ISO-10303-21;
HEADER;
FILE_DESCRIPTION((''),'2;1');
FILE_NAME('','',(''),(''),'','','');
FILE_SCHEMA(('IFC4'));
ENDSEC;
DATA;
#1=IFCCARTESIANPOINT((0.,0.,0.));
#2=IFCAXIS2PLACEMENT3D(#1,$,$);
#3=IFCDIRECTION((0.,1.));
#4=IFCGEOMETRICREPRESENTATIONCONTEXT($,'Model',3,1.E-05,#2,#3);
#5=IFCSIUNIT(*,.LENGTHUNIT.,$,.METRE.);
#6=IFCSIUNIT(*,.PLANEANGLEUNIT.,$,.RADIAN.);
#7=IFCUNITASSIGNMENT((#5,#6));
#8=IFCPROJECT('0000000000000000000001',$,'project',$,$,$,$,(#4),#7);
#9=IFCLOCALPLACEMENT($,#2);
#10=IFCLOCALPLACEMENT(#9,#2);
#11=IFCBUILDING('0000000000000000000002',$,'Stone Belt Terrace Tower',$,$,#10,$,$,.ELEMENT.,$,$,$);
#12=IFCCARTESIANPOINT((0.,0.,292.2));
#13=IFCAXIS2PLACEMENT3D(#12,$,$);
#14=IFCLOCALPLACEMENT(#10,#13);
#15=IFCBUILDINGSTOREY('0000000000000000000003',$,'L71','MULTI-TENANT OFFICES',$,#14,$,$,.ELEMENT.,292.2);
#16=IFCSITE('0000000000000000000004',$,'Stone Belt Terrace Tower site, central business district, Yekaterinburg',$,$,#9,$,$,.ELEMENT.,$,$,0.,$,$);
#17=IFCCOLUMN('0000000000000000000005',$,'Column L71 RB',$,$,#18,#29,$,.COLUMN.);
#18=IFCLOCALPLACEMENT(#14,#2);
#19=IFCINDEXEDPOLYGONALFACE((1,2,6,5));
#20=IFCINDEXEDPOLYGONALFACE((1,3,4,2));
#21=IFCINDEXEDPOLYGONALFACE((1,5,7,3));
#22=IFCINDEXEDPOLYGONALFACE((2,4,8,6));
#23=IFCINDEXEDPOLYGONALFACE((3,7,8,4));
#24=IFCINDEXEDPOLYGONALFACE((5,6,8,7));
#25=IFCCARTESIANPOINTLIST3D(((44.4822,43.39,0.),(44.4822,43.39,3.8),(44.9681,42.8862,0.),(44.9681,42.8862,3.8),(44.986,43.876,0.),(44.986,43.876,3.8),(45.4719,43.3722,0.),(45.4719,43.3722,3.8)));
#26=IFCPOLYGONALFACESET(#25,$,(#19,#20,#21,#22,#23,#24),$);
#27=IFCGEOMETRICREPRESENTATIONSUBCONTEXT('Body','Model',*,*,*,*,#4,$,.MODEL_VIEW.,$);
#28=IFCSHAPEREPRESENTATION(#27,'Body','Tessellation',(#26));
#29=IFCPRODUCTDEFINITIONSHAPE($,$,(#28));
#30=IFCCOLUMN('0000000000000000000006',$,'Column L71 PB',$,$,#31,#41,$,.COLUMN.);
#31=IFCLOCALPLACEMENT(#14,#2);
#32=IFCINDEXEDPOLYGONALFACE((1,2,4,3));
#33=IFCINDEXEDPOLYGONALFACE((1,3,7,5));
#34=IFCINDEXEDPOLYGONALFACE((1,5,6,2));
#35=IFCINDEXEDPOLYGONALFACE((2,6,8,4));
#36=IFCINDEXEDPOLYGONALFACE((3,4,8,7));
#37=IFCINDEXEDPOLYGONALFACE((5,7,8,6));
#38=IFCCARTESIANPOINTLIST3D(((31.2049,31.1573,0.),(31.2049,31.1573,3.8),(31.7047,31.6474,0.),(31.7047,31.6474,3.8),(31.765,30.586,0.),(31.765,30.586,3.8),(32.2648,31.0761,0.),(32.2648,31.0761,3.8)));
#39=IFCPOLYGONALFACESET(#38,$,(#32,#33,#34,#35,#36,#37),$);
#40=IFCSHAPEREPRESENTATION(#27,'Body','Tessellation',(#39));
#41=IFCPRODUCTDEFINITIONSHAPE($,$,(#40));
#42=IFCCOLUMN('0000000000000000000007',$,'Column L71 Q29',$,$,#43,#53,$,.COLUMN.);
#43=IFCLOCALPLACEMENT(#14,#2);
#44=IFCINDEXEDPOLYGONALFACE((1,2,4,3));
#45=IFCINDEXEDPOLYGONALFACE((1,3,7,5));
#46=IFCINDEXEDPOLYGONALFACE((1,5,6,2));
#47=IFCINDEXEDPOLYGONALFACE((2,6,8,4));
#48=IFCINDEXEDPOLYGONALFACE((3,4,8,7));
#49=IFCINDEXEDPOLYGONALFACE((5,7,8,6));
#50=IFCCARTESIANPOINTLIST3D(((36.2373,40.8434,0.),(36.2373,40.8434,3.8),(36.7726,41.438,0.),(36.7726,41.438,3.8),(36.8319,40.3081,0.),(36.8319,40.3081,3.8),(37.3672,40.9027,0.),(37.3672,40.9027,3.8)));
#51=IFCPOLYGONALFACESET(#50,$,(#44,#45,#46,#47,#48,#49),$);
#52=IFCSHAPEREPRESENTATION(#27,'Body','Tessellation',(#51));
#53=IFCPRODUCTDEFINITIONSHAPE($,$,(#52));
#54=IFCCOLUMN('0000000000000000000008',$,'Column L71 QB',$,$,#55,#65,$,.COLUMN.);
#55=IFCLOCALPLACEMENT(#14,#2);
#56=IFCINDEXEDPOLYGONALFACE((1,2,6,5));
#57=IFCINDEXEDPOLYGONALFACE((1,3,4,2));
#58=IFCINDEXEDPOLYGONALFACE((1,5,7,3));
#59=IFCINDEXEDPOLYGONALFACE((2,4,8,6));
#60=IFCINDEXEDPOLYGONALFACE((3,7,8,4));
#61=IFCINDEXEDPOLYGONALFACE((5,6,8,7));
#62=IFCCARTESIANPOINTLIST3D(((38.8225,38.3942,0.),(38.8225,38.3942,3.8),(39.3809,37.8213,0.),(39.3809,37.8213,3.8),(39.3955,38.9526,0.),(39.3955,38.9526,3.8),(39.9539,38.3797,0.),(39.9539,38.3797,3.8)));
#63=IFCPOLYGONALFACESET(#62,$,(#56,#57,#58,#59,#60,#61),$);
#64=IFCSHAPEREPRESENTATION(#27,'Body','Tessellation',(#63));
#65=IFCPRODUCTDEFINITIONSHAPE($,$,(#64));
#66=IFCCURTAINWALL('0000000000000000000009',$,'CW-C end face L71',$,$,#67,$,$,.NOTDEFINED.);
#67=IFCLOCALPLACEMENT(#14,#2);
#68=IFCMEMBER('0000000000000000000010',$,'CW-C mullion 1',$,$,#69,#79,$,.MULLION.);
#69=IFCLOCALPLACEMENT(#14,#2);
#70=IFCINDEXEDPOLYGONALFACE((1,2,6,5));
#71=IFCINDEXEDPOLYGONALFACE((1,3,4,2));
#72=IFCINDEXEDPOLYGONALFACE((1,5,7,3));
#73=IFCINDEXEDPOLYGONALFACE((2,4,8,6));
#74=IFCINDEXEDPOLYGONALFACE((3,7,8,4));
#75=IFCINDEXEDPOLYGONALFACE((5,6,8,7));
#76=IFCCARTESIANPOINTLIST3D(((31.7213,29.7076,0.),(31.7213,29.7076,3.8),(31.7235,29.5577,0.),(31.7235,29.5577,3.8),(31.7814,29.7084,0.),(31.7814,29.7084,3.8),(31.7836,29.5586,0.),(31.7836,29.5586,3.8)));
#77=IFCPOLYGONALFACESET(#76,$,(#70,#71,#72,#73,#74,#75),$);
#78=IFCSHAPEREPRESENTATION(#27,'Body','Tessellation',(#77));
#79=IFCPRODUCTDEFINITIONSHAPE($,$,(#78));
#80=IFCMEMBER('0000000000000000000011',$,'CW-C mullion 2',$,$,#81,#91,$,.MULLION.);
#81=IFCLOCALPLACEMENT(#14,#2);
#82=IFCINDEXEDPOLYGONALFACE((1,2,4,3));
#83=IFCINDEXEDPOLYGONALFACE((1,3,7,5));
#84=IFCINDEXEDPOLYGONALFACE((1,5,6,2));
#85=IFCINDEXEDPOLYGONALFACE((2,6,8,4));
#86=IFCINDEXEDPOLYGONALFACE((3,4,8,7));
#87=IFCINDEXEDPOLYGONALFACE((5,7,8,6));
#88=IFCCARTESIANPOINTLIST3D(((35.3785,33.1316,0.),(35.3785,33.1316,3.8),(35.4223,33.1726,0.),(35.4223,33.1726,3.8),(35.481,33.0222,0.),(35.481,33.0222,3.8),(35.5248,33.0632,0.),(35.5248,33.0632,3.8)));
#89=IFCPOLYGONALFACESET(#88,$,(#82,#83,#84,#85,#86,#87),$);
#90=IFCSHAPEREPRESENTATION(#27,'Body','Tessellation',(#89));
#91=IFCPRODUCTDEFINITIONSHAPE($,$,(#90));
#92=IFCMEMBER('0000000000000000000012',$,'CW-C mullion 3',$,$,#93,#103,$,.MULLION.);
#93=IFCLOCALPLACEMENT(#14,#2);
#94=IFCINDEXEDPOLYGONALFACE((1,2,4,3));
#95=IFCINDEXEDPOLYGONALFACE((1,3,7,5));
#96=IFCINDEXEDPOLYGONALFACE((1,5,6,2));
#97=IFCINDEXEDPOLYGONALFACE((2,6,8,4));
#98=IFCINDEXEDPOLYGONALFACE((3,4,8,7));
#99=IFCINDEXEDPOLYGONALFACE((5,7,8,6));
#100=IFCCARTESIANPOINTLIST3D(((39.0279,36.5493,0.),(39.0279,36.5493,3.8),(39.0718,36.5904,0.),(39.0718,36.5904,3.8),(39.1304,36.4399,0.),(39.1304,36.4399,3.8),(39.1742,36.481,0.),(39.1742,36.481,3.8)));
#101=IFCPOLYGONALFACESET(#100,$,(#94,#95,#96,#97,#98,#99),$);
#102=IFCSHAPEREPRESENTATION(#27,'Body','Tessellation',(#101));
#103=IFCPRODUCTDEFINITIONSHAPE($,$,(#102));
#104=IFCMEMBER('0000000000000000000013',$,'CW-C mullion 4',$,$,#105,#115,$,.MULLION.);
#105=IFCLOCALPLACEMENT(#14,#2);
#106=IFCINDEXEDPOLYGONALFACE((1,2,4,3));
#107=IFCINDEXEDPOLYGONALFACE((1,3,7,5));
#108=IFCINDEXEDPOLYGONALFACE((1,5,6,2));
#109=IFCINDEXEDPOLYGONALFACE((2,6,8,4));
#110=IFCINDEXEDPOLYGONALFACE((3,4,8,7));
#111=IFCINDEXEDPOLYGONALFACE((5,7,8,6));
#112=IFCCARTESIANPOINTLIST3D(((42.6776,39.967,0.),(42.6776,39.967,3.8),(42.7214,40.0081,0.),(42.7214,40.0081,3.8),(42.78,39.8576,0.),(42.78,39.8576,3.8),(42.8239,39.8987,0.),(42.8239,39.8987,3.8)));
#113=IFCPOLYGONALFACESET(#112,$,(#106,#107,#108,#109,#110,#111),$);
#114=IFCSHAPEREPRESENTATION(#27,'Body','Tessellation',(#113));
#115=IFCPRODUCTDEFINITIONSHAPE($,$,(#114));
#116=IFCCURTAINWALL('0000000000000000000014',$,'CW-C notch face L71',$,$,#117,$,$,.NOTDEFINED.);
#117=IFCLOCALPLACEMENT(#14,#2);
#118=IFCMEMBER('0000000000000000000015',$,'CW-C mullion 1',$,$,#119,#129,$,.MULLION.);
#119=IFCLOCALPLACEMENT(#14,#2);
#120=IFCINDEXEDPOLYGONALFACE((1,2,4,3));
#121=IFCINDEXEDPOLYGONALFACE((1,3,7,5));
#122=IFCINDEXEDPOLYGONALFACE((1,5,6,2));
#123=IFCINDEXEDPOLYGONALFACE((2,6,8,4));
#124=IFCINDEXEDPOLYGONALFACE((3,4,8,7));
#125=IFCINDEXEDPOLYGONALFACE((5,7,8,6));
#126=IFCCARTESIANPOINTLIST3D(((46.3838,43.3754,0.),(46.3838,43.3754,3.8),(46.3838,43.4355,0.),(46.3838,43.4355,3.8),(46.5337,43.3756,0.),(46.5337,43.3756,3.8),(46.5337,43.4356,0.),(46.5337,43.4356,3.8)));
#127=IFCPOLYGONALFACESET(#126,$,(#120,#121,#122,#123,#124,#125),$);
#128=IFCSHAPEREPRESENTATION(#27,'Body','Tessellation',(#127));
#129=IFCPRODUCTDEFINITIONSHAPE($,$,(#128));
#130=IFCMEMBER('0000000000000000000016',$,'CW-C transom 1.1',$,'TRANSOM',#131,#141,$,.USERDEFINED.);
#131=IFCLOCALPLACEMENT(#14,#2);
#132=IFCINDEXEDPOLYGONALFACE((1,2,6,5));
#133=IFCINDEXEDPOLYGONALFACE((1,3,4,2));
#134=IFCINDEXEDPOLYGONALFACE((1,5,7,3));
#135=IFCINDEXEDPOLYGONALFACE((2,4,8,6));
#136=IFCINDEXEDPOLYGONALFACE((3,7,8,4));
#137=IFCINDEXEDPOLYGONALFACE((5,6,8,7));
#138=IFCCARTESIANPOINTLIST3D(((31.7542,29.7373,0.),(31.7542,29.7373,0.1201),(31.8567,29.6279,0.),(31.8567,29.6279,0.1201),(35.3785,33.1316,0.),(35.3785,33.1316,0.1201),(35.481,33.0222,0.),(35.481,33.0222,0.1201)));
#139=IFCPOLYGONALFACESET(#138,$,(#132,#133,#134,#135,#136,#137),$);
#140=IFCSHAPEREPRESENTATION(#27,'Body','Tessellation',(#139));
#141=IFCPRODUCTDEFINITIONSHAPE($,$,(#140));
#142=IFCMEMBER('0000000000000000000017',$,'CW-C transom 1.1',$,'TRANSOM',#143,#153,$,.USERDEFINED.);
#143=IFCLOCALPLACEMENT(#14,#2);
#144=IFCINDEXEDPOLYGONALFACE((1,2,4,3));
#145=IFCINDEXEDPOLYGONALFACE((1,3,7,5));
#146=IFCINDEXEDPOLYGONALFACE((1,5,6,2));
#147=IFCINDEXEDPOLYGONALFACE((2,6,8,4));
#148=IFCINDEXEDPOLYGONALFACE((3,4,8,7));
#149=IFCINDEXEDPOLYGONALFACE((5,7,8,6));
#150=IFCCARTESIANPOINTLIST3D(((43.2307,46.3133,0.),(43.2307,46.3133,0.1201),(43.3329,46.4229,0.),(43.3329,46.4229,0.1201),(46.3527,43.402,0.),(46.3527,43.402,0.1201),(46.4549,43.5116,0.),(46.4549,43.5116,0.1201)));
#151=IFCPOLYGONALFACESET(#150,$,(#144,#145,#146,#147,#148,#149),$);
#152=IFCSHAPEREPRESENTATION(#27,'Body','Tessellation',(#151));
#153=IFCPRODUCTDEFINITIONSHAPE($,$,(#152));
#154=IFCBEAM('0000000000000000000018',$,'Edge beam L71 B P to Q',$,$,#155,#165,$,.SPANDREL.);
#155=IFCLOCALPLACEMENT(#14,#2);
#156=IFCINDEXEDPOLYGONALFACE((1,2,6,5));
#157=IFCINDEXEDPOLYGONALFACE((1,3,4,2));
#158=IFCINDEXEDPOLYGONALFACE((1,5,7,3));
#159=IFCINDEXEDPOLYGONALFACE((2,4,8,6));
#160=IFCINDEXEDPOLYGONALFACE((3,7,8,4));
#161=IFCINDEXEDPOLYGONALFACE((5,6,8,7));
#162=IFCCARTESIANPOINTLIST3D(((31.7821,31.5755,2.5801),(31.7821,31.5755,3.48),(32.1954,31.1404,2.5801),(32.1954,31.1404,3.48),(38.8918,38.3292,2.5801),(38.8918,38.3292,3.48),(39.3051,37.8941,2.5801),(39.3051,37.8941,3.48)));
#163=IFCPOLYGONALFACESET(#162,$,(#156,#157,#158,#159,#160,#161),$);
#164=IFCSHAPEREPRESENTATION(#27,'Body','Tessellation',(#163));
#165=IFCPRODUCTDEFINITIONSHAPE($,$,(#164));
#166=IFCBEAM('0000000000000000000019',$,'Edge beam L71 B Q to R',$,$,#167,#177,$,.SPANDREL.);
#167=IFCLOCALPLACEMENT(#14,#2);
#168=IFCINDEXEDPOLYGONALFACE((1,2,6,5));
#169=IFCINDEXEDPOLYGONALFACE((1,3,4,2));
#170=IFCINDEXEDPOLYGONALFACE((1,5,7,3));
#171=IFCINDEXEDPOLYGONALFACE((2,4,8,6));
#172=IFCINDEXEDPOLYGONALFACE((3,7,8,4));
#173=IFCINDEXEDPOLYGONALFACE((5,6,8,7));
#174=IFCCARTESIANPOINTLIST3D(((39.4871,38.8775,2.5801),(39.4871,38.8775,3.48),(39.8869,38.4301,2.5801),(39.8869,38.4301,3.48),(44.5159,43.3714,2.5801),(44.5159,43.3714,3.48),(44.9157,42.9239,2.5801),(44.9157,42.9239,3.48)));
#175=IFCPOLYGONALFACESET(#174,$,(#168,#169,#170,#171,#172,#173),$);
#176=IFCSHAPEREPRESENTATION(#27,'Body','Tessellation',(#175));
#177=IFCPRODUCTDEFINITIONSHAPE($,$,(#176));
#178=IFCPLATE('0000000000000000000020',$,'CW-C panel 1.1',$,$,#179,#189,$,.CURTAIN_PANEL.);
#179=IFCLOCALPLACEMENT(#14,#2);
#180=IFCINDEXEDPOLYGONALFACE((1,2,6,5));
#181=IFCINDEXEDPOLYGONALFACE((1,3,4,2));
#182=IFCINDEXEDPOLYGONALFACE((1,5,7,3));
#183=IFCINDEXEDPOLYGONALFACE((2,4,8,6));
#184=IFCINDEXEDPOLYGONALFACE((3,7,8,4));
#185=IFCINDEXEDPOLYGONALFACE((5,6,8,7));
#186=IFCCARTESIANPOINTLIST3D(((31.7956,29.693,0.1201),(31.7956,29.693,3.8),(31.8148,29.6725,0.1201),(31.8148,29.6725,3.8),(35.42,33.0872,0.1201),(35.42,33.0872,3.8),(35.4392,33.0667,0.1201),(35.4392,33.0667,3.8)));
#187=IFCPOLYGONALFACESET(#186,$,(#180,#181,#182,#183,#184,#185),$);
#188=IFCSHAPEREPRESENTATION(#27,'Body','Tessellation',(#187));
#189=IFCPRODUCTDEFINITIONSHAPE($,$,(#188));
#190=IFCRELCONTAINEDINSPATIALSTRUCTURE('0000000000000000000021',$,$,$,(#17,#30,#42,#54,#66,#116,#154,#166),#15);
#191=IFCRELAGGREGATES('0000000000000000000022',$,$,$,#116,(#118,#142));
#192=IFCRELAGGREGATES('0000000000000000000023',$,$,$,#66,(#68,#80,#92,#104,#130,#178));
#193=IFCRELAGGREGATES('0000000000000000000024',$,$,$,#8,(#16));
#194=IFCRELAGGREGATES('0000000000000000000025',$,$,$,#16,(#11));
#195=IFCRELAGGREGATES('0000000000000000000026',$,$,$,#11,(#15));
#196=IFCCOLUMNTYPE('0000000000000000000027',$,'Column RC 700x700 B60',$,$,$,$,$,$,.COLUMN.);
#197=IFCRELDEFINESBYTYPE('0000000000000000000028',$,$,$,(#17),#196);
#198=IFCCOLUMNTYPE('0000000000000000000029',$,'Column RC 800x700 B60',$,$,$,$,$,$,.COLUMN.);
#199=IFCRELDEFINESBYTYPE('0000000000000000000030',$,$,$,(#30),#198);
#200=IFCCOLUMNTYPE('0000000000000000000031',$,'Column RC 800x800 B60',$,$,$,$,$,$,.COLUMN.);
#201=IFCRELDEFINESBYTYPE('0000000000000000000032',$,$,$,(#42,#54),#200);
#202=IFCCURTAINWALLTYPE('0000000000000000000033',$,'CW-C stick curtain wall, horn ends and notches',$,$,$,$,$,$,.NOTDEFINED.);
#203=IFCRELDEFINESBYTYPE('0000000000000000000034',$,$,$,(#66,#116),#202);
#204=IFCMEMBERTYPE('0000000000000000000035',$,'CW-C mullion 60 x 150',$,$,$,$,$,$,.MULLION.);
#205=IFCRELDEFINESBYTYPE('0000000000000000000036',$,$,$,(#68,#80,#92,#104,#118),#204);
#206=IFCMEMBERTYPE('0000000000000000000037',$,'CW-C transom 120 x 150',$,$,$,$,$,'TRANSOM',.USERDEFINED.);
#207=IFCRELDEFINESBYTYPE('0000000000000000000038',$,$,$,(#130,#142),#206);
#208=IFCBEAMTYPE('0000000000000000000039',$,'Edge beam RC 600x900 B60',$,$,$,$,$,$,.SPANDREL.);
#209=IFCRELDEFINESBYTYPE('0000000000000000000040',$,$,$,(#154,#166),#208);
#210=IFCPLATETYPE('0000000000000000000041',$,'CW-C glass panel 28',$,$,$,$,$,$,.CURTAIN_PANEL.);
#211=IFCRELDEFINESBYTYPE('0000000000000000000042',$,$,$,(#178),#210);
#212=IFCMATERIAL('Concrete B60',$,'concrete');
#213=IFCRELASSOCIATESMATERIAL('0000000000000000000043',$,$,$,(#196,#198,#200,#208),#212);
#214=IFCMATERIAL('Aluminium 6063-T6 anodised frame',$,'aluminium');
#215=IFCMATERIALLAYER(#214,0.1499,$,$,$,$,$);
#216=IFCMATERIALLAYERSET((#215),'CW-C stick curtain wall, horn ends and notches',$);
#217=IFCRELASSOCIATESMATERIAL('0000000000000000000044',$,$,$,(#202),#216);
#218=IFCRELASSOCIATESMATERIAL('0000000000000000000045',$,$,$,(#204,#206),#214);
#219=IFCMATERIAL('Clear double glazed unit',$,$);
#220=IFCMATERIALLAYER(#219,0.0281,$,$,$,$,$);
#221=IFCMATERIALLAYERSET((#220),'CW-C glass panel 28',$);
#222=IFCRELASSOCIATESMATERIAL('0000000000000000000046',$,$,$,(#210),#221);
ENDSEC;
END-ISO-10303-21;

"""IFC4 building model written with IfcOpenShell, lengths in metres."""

from ifc_helpers import new_model, si_unit, direction, frame, origin, origin_2d, place, context, subcontext, project, spatial, rectangle, extrude, material, layer, layer_set, material_profile, profile_set, type_object, element, aggregate, save


model = new_model("IFC4")

# Units and contexts
model_context = context("Model", 3, precision=1e-05, world=origin(), true_north=direction((0.0, 1.0)))
body_context = subcontext(model_context, "Body", "Model", "MODEL_VIEW")
ifc_project = project(units=[si_unit("LENGTHUNIT", "METRE"), si_unit("PLANEANGLEUNIT", "RADIAN")], contexts=[model_context])

# Site, building, storey
site_placement = place(None, origin())
site = spatial("IfcSite", under=ifc_project, at=site_placement, Name="Stone Belt Terrace Tower site, central business district, Yekaterinburg", CompositionType="ELEMENT", RefElevation=0.0)
building_placement = place(site_placement, origin())
building = spatial("IfcBuilding", under=site, at=building_placement, Name="Stone Belt Terrace Tower", CompositionType="ELEMENT")
storey_placement = place(building_placement, frame((0.0, 0.0, 292.2)))
storey = spatial("IfcBuildingStorey", under=building, at=storey_placement, Name="L71", Description="MULTI-TENANT OFFICES", CompositionType="ELEMENT", Elevation=292.2)

# Columns
ifc_material_1 = material(Name="Concrete B60", Category="concrete")
ifc_material_profile_1 = material_profile(ifc_material_1, rectangle(XDim=0.7, YDim=0.7, at=origin_2d()), Name="RC 700x700")
ifc_profile_set_1 = profile_set([ifc_material_profile_1], Name="Concrete B60")
column_type_1 = type_object("IfcColumnType", Name="Column RC 700x700 B60", PredefinedType="COLUMN", material=ifc_profile_set_1)
column_1_placement = place(storey_placement, frame((44.9771, 43.3811, 0.0), z_axis=(0.0, 0.0, 1.0), x_axis=(0.694221, -0.719762, 0.0)))
element("IfcColumn", 1, at=column_1_placement, inside=storey, type_object=column_type_1, Name="Column L71 RB", PredefinedType="COLUMN", context=body_context, shape_type="SweptSolid", body=[
    extrude(rectangle(XDim=0.7, YDim=0.7, at=origin_2d()), origin(), (0.0, 0.0, 1.0), 3.8),
])
ifc_material_profile_2 = material_profile(ifc_material_1, rectangle(XDim=0.8, YDim=0.7, at=origin_2d()), Name="RC 800x700")
ifc_profile_set_2 = profile_set([ifc_material_profile_2], Name="Concrete B60")
column_type_2 = type_object("IfcColumnType", Name="Column RC 800x700 B60", PredefinedType="COLUMN", material=ifc_profile_set_2)
column_2_placement = place(storey_placement, frame((31.7349, 31.1167, 0.0), z_axis=(0.0, 0.0, 1.0), x_axis=(0.70012, -0.714026, 0.0)))
element("IfcColumn", 2, at=column_2_placement, inside=storey, type_object=column_type_2, Name="Column L71 PB", PredefinedType="COLUMN", context=body_context, shape_type="SweptSolid", body=[
    extrude(rectangle(XDim=0.8, YDim=0.7, at=origin_2d()), origin(), (0.0, 0.0, 1.0), 3.8),
])
ifc_material_profile_3 = material_profile(ifc_material_1, rectangle(XDim=0.8, YDim=0.8, at=origin_2d()), Name="RC 800x800")
ifc_profile_set_3 = profile_set([ifc_material_profile_3], Name="Concrete B60")
column_type_3 = type_object("IfcColumnType", Name="Column RC 800x800 B60", PredefinedType="COLUMN", material=ifc_profile_set_3)
for number, where, z_axis, x_axis, name in (
    (3, (36.8022, 40.873, 0.0), (0.0, 0.0, 1.0), (0.743145, -0.669131, 0.0), "Column L71 Q29"),
    (4, (39.3882, 38.387, 0.0), (0.0, 0.0, 1.0), (0.697944, -0.716152, 0.0), "Column L71 QB"),
):
    element("IfcColumn", number, at=place(storey_placement, frame(where, z_axis=z_axis, x_axis=x_axis)), inside=storey, type_object=column_type_3, Name=name, PredefinedType="COLUMN", context=body_context, shape_type="SweptSolid", body=[
        extrude(rectangle(XDim=0.8, YDim=0.8, at=origin_2d()), origin(), (0.0, 0.0, 1.0), 3.8),
    ])

# Curtain wall, members
ifc_material_2 = material(Name="Aluminium 6063-T6 anodised frame", Category="aluminium")
ifc_layer_1 = layer(ifc_material_2, 0.1499)
ifc_layer_set_1 = layer_set([ifc_layer_1], Name="CW-C stick curtain wall, horn ends and notches")
curtain_wall_type = type_object("IfcCurtainWallType", Name="CW-C stick curtain wall, horn ends and notches", PredefinedType="NOTDEFINED", material=ifc_layer_set_1)
curtain_wall_1_placement = place(storey_placement, origin())
curtain_wall_1 = element("IfcCurtainWall", 5, at=curtain_wall_1_placement, inside=storey, type_object=curtain_wall_type, Name="CW-C end face L71", PredefinedType="NOTDEFINED")
ifc_material_profile_4 = material_profile(ifc_material_2, rectangle(XDim=0.1499, YDim=0.0601, at=origin_2d()), Name="Aluminium 6063-T6 60x150")
ifc_profile_set_4 = profile_set([ifc_material_profile_4], Name="Aluminium 6063-T6 anodised frame")
member_type_1 = type_object("IfcMemberType", Name="CW-C mullion 60 x 150", PredefinedType="MULLION", material=ifc_profile_set_4)
member_1_placement = place(storey_placement, frame((31.7524, 29.6331, 0.0), z_axis=(0.0, 0.0, 1.0), x_axis=(-0.014682, 0.999892, 0.0)))
member_1 = element("IfcMember", 6, at=member_1_placement, type_object=member_type_1, Name="CW-C mullion 1", PredefinedType="MULLION", context=body_context, shape_type="SweptSolid", body=[
    extrude(rectangle(XDim=0.1499, YDim=0.0601, at=origin_2d()), origin(), (0.0, 0.0, 1.0), 3.8),
])
member_2_placement = place(storey_placement, frame((35.4517, 33.0974, 0.0), z_axis=(0.0, 0.0, 1.0), x_axis=(-0.683549, 0.729904, 0.0)))
member_2 = element("IfcMember", 7, at=member_2_placement, type_object=member_type_1, Name="CW-C mullion 2", PredefinedType="MULLION", context=body_context, shape_type="SweptSolid", body=[
    extrude(rectangle(XDim=0.1499, YDim=0.0601, at=origin_2d()), origin(), (0.0, 0.0, 1.0), 3.8),
])
member_3_placement = place(storey_placement, frame((39.1011, 36.5151, 0.0), z_axis=(0.0, 0.0, 1.0), x_axis=(-0.683549, 0.729904, 0.0)))
member_3 = element("IfcMember", 8, at=member_3_placement, type_object=member_type_1, Name="CW-C mullion 3", PredefinedType="MULLION", context=body_context, shape_type="SweptSolid", body=[
    extrude(rectangle(XDim=0.1499, YDim=0.0601, at=origin_2d()), origin(), (0.0, 0.0, 1.0), 3.8),
])
member_4_placement = place(storey_placement, frame((42.7507, 39.9329, 0.0), z_axis=(0.0, 0.0, 1.0), x_axis=(-0.683549, 0.729904, 0.0)))
member_4 = element("IfcMember", 9, at=member_4_placement, type_object=member_type_1, Name="CW-C mullion 4", PredefinedType="MULLION", context=body_context, shape_type="SweptSolid", body=[
    extrude(rectangle(XDim=0.1499, YDim=0.0601, at=origin_2d()), origin(), (0.0, 0.0, 1.0), 3.8),
])

# Curtain wall, member
curtain_wall_2_placement = place(storey_placement, origin())
curtain_wall_2 = element("IfcCurtainWall", 10, at=curtain_wall_2_placement, inside=storey, type_object=curtain_wall_type, Name="CW-C notch face L71", PredefinedType="NOTDEFINED")
member_5_placement = place(storey_placement, frame((46.4587, 43.4055, 0.0), z_axis=(0.0, 0.0, 1.0), x_axis=(-0.999999, -0.001051, 0.0)))
member_5 = element("IfcMember", 11, at=member_5_placement, type_object=member_type_1, Name="CW-C mullion 1", PredefinedType="MULLION", context=body_context, shape_type="SweptSolid", body=[
    extrude(rectangle(XDim=0.1499, YDim=0.0601, at=origin_2d()), origin(), (0.0, 0.0, 1.0), 3.8),
])

# Members
ifc_material_profile_5 = material_profile(ifc_material_2, rectangle(XDim=0.1499, YDim=0.1201, at=origin_2d()), Name="Aluminium 6063-T6 150x120")
ifc_profile_set_5 = profile_set([ifc_material_profile_5], Name="Aluminium 6063-T6 anodised frame")
member_type_2 = type_object("IfcMemberType", Name="CW-C transom 120 x 150", ElementType="TRANSOM", PredefinedType="USERDEFINED", material=ifc_profile_set_5)
member_6_placement = place(storey_placement, frame((31.8054, 29.6826, 0.0601), z_axis=(0.729885, 0.68357, 0.0), x_axis=(-0.68357, 0.729885, 0.0)))
member_6 = element("IfcMember", 12, at=member_6_placement, type_object=member_type_2, Name="CW-C transom 1.1", ObjectType="TRANSOM", PredefinedType="USERDEFINED", context=body_context, shape_type="SweptSolid", body=[
    extrude(rectangle(XDim=0.1499, YDim=0.1201, at=origin_2d()), origin(), (0.0, 0.0, 1.0), 4.9656),
])
member_7_placement = place(storey_placement, frame((46.4038, 43.4568, 0.0601), z_axis=(-0.731354, 0.681998, 0.0), x_axis=(-0.681998, -0.731354, 0.0)))
member_7 = element("IfcMember", 13, at=member_7_placement, type_object=member_type_2, Name="CW-C transom 1.1", ObjectType="TRANSOM", PredefinedType="USERDEFINED", context=body_context, shape_type="SweptSolid", body=[
    extrude(rectangle(XDim=0.1499, YDim=0.1201, at=origin_2d()), origin(), (0.0, 0.0, 1.0), 4.2688),
])
aggregate(curtain_wall_2, [member_5, member_7])

# Beams
ifc_material_profile_6 = material_profile(ifc_material_1, rectangle(XDim=0.6001, YDim=0.8999, at=origin_2d()), Name="RC 600x900")
ifc_profile_set_6 = profile_set([ifc_material_profile_6], Name="Concrete B60")
beam_type = type_object("IfcBeamType", Name="Edge beam RC 600x900 B60", PredefinedType="SPANDREL", material=ifc_profile_set_6)
beam_1_placement = place(storey_placement, frame((31.9888, 31.3579, 3.03), z_axis=(0.725024, 0.688724, 0.0), x_axis=(-0.688724, 0.725024, 0.0)))
element("IfcBeam", 14, at=beam_1_placement, inside=storey, type_object=beam_type, Name="Edge beam L71 B P to Q", PredefinedType="SPANDREL", context=body_context, shape_type="SweptSolid", body=[
    extrude(rectangle(XDim=0.6001, YDim=0.8999, at=origin_2d()), origin(), (0.0, 0.0, 1.0), 9.8062),
])
beam_2_placement = place(storey_placement, frame((39.687, 38.6538, 3.03), z_axis=(0.745651, 0.666337, 0.0), x_axis=(-0.666337, 0.745651, 0.0)))
element("IfcBeam", 15, at=beam_2_placement, inside=storey, type_object=beam_type, Name="Edge beam L71 B Q to R", PredefinedType="SPANDREL", context=body_context, shape_type="SweptSolid", body=[
    extrude(rectangle(XDim=0.6001, YDim=0.8999, at=origin_2d()), origin(), (0.0, 0.0, 1.0), 6.7441),
])

# Plate
ifc_material_3 = material(Name="Clear double glazed unit")
ifc_layer_2 = layer(ifc_material_3, 0.0281)
ifc_layer_set_2 = layer_set([ifc_layer_2], Name="CW-C glass panel 28")
plate_type = type_object("IfcPlateType", Name="CW-C glass panel 28", PredefinedType="CURTAIN_PANEL", material=ifc_layer_set_2)
plate_1_placement = place(storey_placement, frame((33.6174, 31.3799, 0.1201), z_axis=(0.0, 0.0, 1.0), x_axis=(0.729904, 0.683549, 0.0)))
plate_1 = element("IfcPlate", 16, at=plate_1_placement, type_object=plate_type, Name="CW-C panel 1.1", PredefinedType="CURTAIN_PANEL", context=body_context, shape_type="SweptSolid", body=[
    extrude(rectangle(XDim=4.9656, YDim=0.0281, at=origin_2d()), origin(), (0.0, 0.0, 1.0), 3.6799),
])
aggregate(curtain_wall_1, [member_1, member_2, member_3, member_4, member_6, plate_1])

save(model, "model.ifc")
